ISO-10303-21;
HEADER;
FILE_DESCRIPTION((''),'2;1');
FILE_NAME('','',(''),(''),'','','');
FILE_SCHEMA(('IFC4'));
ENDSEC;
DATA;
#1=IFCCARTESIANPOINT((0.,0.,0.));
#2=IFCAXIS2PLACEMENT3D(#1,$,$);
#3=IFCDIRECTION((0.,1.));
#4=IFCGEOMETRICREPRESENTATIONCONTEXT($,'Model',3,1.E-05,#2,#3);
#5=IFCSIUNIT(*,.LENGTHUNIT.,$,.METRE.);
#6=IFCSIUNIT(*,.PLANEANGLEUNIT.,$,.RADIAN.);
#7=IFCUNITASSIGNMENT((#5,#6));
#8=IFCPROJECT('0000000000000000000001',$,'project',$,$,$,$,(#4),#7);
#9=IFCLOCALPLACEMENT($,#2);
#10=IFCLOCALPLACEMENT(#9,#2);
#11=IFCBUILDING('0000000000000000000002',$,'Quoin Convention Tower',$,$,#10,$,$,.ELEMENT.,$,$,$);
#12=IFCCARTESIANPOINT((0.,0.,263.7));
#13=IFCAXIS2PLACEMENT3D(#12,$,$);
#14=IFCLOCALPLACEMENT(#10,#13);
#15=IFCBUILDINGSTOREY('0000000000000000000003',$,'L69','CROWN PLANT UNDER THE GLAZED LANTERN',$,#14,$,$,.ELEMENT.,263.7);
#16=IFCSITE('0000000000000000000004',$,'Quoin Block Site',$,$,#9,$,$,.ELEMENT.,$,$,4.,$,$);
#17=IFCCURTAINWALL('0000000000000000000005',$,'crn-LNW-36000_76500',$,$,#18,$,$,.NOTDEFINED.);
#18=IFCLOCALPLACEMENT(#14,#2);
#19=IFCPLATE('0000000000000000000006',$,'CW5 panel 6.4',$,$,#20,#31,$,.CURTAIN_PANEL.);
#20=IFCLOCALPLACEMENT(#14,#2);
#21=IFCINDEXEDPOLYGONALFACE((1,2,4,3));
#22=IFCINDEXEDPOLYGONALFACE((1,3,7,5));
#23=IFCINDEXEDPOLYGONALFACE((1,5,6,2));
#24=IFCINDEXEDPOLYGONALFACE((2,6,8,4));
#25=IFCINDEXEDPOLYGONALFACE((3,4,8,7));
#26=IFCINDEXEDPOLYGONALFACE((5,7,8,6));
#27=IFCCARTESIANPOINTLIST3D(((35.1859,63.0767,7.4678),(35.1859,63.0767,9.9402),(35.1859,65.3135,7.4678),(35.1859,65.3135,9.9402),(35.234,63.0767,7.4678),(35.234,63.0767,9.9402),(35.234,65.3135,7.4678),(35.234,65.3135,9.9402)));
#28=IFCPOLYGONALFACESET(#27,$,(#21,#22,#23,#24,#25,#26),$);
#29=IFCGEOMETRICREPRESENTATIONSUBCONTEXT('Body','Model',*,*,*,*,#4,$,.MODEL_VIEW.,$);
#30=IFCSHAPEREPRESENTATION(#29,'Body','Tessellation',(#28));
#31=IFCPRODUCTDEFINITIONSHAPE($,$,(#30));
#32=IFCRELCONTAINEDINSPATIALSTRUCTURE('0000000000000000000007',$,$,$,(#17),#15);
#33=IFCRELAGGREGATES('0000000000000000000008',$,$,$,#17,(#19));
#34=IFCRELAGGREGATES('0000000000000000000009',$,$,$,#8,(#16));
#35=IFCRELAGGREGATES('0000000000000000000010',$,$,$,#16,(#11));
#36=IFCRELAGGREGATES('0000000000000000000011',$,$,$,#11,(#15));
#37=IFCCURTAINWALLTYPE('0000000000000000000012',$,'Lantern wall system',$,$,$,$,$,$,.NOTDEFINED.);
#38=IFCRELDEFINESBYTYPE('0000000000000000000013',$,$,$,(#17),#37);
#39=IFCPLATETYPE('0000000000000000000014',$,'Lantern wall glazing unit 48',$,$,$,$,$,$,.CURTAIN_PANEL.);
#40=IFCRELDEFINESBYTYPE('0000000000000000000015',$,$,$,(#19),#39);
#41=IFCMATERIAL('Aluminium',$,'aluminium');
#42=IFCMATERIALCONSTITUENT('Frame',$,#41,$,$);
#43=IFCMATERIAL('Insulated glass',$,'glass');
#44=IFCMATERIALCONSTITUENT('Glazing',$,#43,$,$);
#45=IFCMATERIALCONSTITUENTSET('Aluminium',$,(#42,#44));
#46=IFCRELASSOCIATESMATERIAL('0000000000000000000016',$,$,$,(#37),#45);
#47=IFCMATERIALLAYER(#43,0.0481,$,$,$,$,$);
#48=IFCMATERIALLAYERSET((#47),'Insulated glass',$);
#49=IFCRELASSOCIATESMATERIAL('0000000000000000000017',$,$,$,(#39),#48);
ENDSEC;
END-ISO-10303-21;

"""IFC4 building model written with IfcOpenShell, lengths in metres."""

from ifc_helpers import new_model, si_unit, direction, frame, origin, origin_2d, place, context, subcontext, project, spatial, rectangle, extrude, material, layer, layer_set, constituent, constituent_set, type_object, element, aggregate, save


model = new_model("IFC4")

# Units and contexts
model_context = context("Model", 3, precision=1e-05, world=origin(), true_north=direction((0.0, 1.0)))
body_context = subcontext(model_context, "Body", "Model", "MODEL_VIEW")
ifc_project = project(units=[si_unit("LENGTHUNIT", "METRE"), si_unit("PLANEANGLEUNIT", "RADIAN")], contexts=[model_context])

# Site, building, storey
site_placement = place(None, origin())
site = spatial("IfcSite", under=ifc_project, at=site_placement, Name="Quoin Block Site", CompositionType="ELEMENT", RefElevation=4.0)
building_placement = place(site_placement, origin())
building = spatial("IfcBuilding", under=site, at=building_placement, Name="Quoin Convention Tower", CompositionType="ELEMENT")
storey_placement = place(building_placement, frame((0.0, 0.0, 263.7)))
storey = spatial("IfcBuildingStorey", under=building, at=storey_placement, Name="L69", Description="CROWN PLANT UNDER THE GLAZED LANTERN", CompositionType="ELEMENT", Elevation=263.7)

# Curtain wall, plate
ifc_material_1 = material(Name="Aluminium", Category="aluminium")
ifc_constituent_1 = constituent(ifc_material_1, Name="Frame")
ifc_material_2 = material(Name="Insulated glass", Category="glass")
ifc_constituent_2 = constituent(ifc_material_2, Name="Glazing")
ifc_constituent_set = constituent_set(constituents=[ifc_constituent_1, ifc_constituent_2], Name="Aluminium")
curtain_wall_type = type_object("IfcCurtainWallType", Name="Lantern wall system", PredefinedType="NOTDEFINED", material=ifc_constituent_set)
curtain_wall_placement = place(storey_placement, origin())
curtain_wall = element("IfcCurtainWall", 1, at=curtain_wall_placement, inside=storey, type_object=curtain_wall_type, Name="crn-LNW-36000_76500", PredefinedType="NOTDEFINED")
ifc_layer = layer(ifc_material_2, 0.0481)
ifc_layer_set = layer_set([ifc_layer], Name="Insulated glass")
plate_type = type_object("IfcPlateType", Name="Lantern wall glazing unit 48", PredefinedType="CURTAIN_PANEL", material=ifc_layer_set)
plate_1_placement = place(storey_placement, frame((35.21, 64.1951, 7.4678), z_axis=(0.0, 0.0, 1.0), x_axis=(0.0, -1.0, 0.0)))
plate_1 = element("IfcPlate", 2, at=plate_1_placement, type_object=plate_type, Name="CW5 panel 6.4", PredefinedType="CURTAIN_PANEL", context=body_context, shape_type="SweptSolid", body=[
    extrude(rectangle(XDim=2.2368, YDim=0.0481, at=origin_2d()), origin(), (0.0, 0.0, 1.0), 2.4724),
])
aggregate(curtain_wall, [plate_1])

save(model, "model.ifc")
